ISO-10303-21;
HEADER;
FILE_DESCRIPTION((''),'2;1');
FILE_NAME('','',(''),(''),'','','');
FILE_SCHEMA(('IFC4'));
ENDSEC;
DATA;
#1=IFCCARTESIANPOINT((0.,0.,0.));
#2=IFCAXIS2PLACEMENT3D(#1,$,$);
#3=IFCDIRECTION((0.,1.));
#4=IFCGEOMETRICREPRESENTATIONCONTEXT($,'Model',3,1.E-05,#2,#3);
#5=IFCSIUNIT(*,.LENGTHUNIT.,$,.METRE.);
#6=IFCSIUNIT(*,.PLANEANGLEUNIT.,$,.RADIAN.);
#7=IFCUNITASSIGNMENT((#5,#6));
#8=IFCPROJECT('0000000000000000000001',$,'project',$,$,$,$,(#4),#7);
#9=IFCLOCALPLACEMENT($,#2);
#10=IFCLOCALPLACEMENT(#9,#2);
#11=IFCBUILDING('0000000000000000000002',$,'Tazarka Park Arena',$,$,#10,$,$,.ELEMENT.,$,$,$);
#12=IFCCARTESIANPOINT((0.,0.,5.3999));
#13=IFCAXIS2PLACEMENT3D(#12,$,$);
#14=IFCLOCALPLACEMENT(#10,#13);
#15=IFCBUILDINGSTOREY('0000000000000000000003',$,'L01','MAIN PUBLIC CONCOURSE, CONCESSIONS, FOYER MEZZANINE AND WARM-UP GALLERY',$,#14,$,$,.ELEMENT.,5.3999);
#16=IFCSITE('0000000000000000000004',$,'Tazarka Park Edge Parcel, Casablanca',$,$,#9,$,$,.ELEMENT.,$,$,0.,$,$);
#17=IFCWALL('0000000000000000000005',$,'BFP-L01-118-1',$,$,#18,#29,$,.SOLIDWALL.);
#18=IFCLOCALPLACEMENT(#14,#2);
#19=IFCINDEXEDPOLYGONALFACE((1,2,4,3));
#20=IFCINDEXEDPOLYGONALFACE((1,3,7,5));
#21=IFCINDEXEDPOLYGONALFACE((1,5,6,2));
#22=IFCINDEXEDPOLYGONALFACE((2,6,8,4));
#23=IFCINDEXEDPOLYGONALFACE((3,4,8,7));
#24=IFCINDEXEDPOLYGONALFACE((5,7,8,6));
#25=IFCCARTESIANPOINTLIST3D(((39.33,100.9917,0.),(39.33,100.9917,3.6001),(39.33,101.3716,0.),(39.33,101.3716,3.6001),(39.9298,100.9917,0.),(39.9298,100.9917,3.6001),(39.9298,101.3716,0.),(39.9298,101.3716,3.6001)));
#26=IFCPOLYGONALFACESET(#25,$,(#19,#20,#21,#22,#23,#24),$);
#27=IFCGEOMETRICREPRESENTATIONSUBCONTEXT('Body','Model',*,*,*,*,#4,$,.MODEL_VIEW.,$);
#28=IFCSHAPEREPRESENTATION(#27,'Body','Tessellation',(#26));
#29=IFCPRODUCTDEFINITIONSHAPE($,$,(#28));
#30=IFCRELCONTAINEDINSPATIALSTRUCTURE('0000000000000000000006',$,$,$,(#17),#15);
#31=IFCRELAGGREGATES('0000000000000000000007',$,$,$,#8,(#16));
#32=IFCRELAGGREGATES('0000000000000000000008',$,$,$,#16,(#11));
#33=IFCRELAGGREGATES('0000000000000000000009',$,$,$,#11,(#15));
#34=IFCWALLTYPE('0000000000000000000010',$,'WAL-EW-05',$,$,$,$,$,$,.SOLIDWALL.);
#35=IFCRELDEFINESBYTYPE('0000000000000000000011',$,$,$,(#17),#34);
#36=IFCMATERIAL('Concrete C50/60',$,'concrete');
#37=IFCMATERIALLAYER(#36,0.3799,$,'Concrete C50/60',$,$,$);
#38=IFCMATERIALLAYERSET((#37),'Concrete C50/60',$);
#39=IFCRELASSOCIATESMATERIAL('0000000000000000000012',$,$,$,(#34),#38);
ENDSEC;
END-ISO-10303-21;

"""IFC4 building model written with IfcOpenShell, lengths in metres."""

from ifc_helpers import new_model, si_unit, direction, frame, frame_2d, origin, place, context, subcontext, project, spatial, rectangle, extrude, material, layer, layer_set, type_object, element, save


model = new_model("IFC4")

# Units and contexts
model_context = context("Model", 3, precision=1e-05, world=origin(), true_north=direction((0.0, 1.0)))
body_context = subcontext(model_context, "Body", "Model", "MODEL_VIEW")
ifc_project = project(units=[si_unit("LENGTHUNIT", "METRE"), si_unit("PLANEANGLEUNIT", "RADIAN")], contexts=[model_context])

# Site, building, storey
site_placement = place(None, origin())
site = spatial("IfcSite", under=ifc_project, at=site_placement, Name="Tazarka Park Edge Parcel, Casablanca", CompositionType="ELEMENT", RefElevation=0.0)
building_placement = place(site_placement, origin())
building = spatial("IfcBuilding", under=site, at=building_placement, Name="Tazarka Park Arena", CompositionType="ELEMENT")
storey_placement = place(building_placement, frame((0.0, 0.0, 5.3999)))
storey = spatial("IfcBuildingStorey", under=building, at=storey_placement, Name="L01", Description="MAIN PUBLIC CONCOURSE, CONCESSIONS, FOYER MEZZANINE AND WARM-UP GALLERY", CompositionType="ELEMENT", Elevation=5.3999)

# Wall
ifc_material_1 = material(Name="Concrete C50/60", Category="concrete")
ifc_layer_1 = layer(ifc_material_1, 0.3799, Name="Concrete C50/60")
ifc_layer_set_1 = layer_set([ifc_layer_1], Name="Concrete C50/60")
wall_type = type_object("IfcWallType", Name="WAL-EW-05", PredefinedType="SOLIDWALL", material=ifc_layer_set_1)
wall_placement = place(storey_placement, frame((39.3301, 101.1816, 0.0), z_axis=(0.0, 0.0, 1.0), x_axis=(1.0, 0.0, 0.0)))
element("IfcWall", 1, at=wall_placement, inside=storey, type_object=wall_type, Name="BFP-L01-118-1", PredefinedType="SOLIDWALL", context=body_context, shape_type="SweptSolid", body=[
    extrude(rectangle(XDim=0.5999, YDim=0.3799, at=frame_2d((0.2998, 0.0))), origin(), (0.0, 0.0, 1.0), 3.6001),
])

save(model, "model.ifc")
